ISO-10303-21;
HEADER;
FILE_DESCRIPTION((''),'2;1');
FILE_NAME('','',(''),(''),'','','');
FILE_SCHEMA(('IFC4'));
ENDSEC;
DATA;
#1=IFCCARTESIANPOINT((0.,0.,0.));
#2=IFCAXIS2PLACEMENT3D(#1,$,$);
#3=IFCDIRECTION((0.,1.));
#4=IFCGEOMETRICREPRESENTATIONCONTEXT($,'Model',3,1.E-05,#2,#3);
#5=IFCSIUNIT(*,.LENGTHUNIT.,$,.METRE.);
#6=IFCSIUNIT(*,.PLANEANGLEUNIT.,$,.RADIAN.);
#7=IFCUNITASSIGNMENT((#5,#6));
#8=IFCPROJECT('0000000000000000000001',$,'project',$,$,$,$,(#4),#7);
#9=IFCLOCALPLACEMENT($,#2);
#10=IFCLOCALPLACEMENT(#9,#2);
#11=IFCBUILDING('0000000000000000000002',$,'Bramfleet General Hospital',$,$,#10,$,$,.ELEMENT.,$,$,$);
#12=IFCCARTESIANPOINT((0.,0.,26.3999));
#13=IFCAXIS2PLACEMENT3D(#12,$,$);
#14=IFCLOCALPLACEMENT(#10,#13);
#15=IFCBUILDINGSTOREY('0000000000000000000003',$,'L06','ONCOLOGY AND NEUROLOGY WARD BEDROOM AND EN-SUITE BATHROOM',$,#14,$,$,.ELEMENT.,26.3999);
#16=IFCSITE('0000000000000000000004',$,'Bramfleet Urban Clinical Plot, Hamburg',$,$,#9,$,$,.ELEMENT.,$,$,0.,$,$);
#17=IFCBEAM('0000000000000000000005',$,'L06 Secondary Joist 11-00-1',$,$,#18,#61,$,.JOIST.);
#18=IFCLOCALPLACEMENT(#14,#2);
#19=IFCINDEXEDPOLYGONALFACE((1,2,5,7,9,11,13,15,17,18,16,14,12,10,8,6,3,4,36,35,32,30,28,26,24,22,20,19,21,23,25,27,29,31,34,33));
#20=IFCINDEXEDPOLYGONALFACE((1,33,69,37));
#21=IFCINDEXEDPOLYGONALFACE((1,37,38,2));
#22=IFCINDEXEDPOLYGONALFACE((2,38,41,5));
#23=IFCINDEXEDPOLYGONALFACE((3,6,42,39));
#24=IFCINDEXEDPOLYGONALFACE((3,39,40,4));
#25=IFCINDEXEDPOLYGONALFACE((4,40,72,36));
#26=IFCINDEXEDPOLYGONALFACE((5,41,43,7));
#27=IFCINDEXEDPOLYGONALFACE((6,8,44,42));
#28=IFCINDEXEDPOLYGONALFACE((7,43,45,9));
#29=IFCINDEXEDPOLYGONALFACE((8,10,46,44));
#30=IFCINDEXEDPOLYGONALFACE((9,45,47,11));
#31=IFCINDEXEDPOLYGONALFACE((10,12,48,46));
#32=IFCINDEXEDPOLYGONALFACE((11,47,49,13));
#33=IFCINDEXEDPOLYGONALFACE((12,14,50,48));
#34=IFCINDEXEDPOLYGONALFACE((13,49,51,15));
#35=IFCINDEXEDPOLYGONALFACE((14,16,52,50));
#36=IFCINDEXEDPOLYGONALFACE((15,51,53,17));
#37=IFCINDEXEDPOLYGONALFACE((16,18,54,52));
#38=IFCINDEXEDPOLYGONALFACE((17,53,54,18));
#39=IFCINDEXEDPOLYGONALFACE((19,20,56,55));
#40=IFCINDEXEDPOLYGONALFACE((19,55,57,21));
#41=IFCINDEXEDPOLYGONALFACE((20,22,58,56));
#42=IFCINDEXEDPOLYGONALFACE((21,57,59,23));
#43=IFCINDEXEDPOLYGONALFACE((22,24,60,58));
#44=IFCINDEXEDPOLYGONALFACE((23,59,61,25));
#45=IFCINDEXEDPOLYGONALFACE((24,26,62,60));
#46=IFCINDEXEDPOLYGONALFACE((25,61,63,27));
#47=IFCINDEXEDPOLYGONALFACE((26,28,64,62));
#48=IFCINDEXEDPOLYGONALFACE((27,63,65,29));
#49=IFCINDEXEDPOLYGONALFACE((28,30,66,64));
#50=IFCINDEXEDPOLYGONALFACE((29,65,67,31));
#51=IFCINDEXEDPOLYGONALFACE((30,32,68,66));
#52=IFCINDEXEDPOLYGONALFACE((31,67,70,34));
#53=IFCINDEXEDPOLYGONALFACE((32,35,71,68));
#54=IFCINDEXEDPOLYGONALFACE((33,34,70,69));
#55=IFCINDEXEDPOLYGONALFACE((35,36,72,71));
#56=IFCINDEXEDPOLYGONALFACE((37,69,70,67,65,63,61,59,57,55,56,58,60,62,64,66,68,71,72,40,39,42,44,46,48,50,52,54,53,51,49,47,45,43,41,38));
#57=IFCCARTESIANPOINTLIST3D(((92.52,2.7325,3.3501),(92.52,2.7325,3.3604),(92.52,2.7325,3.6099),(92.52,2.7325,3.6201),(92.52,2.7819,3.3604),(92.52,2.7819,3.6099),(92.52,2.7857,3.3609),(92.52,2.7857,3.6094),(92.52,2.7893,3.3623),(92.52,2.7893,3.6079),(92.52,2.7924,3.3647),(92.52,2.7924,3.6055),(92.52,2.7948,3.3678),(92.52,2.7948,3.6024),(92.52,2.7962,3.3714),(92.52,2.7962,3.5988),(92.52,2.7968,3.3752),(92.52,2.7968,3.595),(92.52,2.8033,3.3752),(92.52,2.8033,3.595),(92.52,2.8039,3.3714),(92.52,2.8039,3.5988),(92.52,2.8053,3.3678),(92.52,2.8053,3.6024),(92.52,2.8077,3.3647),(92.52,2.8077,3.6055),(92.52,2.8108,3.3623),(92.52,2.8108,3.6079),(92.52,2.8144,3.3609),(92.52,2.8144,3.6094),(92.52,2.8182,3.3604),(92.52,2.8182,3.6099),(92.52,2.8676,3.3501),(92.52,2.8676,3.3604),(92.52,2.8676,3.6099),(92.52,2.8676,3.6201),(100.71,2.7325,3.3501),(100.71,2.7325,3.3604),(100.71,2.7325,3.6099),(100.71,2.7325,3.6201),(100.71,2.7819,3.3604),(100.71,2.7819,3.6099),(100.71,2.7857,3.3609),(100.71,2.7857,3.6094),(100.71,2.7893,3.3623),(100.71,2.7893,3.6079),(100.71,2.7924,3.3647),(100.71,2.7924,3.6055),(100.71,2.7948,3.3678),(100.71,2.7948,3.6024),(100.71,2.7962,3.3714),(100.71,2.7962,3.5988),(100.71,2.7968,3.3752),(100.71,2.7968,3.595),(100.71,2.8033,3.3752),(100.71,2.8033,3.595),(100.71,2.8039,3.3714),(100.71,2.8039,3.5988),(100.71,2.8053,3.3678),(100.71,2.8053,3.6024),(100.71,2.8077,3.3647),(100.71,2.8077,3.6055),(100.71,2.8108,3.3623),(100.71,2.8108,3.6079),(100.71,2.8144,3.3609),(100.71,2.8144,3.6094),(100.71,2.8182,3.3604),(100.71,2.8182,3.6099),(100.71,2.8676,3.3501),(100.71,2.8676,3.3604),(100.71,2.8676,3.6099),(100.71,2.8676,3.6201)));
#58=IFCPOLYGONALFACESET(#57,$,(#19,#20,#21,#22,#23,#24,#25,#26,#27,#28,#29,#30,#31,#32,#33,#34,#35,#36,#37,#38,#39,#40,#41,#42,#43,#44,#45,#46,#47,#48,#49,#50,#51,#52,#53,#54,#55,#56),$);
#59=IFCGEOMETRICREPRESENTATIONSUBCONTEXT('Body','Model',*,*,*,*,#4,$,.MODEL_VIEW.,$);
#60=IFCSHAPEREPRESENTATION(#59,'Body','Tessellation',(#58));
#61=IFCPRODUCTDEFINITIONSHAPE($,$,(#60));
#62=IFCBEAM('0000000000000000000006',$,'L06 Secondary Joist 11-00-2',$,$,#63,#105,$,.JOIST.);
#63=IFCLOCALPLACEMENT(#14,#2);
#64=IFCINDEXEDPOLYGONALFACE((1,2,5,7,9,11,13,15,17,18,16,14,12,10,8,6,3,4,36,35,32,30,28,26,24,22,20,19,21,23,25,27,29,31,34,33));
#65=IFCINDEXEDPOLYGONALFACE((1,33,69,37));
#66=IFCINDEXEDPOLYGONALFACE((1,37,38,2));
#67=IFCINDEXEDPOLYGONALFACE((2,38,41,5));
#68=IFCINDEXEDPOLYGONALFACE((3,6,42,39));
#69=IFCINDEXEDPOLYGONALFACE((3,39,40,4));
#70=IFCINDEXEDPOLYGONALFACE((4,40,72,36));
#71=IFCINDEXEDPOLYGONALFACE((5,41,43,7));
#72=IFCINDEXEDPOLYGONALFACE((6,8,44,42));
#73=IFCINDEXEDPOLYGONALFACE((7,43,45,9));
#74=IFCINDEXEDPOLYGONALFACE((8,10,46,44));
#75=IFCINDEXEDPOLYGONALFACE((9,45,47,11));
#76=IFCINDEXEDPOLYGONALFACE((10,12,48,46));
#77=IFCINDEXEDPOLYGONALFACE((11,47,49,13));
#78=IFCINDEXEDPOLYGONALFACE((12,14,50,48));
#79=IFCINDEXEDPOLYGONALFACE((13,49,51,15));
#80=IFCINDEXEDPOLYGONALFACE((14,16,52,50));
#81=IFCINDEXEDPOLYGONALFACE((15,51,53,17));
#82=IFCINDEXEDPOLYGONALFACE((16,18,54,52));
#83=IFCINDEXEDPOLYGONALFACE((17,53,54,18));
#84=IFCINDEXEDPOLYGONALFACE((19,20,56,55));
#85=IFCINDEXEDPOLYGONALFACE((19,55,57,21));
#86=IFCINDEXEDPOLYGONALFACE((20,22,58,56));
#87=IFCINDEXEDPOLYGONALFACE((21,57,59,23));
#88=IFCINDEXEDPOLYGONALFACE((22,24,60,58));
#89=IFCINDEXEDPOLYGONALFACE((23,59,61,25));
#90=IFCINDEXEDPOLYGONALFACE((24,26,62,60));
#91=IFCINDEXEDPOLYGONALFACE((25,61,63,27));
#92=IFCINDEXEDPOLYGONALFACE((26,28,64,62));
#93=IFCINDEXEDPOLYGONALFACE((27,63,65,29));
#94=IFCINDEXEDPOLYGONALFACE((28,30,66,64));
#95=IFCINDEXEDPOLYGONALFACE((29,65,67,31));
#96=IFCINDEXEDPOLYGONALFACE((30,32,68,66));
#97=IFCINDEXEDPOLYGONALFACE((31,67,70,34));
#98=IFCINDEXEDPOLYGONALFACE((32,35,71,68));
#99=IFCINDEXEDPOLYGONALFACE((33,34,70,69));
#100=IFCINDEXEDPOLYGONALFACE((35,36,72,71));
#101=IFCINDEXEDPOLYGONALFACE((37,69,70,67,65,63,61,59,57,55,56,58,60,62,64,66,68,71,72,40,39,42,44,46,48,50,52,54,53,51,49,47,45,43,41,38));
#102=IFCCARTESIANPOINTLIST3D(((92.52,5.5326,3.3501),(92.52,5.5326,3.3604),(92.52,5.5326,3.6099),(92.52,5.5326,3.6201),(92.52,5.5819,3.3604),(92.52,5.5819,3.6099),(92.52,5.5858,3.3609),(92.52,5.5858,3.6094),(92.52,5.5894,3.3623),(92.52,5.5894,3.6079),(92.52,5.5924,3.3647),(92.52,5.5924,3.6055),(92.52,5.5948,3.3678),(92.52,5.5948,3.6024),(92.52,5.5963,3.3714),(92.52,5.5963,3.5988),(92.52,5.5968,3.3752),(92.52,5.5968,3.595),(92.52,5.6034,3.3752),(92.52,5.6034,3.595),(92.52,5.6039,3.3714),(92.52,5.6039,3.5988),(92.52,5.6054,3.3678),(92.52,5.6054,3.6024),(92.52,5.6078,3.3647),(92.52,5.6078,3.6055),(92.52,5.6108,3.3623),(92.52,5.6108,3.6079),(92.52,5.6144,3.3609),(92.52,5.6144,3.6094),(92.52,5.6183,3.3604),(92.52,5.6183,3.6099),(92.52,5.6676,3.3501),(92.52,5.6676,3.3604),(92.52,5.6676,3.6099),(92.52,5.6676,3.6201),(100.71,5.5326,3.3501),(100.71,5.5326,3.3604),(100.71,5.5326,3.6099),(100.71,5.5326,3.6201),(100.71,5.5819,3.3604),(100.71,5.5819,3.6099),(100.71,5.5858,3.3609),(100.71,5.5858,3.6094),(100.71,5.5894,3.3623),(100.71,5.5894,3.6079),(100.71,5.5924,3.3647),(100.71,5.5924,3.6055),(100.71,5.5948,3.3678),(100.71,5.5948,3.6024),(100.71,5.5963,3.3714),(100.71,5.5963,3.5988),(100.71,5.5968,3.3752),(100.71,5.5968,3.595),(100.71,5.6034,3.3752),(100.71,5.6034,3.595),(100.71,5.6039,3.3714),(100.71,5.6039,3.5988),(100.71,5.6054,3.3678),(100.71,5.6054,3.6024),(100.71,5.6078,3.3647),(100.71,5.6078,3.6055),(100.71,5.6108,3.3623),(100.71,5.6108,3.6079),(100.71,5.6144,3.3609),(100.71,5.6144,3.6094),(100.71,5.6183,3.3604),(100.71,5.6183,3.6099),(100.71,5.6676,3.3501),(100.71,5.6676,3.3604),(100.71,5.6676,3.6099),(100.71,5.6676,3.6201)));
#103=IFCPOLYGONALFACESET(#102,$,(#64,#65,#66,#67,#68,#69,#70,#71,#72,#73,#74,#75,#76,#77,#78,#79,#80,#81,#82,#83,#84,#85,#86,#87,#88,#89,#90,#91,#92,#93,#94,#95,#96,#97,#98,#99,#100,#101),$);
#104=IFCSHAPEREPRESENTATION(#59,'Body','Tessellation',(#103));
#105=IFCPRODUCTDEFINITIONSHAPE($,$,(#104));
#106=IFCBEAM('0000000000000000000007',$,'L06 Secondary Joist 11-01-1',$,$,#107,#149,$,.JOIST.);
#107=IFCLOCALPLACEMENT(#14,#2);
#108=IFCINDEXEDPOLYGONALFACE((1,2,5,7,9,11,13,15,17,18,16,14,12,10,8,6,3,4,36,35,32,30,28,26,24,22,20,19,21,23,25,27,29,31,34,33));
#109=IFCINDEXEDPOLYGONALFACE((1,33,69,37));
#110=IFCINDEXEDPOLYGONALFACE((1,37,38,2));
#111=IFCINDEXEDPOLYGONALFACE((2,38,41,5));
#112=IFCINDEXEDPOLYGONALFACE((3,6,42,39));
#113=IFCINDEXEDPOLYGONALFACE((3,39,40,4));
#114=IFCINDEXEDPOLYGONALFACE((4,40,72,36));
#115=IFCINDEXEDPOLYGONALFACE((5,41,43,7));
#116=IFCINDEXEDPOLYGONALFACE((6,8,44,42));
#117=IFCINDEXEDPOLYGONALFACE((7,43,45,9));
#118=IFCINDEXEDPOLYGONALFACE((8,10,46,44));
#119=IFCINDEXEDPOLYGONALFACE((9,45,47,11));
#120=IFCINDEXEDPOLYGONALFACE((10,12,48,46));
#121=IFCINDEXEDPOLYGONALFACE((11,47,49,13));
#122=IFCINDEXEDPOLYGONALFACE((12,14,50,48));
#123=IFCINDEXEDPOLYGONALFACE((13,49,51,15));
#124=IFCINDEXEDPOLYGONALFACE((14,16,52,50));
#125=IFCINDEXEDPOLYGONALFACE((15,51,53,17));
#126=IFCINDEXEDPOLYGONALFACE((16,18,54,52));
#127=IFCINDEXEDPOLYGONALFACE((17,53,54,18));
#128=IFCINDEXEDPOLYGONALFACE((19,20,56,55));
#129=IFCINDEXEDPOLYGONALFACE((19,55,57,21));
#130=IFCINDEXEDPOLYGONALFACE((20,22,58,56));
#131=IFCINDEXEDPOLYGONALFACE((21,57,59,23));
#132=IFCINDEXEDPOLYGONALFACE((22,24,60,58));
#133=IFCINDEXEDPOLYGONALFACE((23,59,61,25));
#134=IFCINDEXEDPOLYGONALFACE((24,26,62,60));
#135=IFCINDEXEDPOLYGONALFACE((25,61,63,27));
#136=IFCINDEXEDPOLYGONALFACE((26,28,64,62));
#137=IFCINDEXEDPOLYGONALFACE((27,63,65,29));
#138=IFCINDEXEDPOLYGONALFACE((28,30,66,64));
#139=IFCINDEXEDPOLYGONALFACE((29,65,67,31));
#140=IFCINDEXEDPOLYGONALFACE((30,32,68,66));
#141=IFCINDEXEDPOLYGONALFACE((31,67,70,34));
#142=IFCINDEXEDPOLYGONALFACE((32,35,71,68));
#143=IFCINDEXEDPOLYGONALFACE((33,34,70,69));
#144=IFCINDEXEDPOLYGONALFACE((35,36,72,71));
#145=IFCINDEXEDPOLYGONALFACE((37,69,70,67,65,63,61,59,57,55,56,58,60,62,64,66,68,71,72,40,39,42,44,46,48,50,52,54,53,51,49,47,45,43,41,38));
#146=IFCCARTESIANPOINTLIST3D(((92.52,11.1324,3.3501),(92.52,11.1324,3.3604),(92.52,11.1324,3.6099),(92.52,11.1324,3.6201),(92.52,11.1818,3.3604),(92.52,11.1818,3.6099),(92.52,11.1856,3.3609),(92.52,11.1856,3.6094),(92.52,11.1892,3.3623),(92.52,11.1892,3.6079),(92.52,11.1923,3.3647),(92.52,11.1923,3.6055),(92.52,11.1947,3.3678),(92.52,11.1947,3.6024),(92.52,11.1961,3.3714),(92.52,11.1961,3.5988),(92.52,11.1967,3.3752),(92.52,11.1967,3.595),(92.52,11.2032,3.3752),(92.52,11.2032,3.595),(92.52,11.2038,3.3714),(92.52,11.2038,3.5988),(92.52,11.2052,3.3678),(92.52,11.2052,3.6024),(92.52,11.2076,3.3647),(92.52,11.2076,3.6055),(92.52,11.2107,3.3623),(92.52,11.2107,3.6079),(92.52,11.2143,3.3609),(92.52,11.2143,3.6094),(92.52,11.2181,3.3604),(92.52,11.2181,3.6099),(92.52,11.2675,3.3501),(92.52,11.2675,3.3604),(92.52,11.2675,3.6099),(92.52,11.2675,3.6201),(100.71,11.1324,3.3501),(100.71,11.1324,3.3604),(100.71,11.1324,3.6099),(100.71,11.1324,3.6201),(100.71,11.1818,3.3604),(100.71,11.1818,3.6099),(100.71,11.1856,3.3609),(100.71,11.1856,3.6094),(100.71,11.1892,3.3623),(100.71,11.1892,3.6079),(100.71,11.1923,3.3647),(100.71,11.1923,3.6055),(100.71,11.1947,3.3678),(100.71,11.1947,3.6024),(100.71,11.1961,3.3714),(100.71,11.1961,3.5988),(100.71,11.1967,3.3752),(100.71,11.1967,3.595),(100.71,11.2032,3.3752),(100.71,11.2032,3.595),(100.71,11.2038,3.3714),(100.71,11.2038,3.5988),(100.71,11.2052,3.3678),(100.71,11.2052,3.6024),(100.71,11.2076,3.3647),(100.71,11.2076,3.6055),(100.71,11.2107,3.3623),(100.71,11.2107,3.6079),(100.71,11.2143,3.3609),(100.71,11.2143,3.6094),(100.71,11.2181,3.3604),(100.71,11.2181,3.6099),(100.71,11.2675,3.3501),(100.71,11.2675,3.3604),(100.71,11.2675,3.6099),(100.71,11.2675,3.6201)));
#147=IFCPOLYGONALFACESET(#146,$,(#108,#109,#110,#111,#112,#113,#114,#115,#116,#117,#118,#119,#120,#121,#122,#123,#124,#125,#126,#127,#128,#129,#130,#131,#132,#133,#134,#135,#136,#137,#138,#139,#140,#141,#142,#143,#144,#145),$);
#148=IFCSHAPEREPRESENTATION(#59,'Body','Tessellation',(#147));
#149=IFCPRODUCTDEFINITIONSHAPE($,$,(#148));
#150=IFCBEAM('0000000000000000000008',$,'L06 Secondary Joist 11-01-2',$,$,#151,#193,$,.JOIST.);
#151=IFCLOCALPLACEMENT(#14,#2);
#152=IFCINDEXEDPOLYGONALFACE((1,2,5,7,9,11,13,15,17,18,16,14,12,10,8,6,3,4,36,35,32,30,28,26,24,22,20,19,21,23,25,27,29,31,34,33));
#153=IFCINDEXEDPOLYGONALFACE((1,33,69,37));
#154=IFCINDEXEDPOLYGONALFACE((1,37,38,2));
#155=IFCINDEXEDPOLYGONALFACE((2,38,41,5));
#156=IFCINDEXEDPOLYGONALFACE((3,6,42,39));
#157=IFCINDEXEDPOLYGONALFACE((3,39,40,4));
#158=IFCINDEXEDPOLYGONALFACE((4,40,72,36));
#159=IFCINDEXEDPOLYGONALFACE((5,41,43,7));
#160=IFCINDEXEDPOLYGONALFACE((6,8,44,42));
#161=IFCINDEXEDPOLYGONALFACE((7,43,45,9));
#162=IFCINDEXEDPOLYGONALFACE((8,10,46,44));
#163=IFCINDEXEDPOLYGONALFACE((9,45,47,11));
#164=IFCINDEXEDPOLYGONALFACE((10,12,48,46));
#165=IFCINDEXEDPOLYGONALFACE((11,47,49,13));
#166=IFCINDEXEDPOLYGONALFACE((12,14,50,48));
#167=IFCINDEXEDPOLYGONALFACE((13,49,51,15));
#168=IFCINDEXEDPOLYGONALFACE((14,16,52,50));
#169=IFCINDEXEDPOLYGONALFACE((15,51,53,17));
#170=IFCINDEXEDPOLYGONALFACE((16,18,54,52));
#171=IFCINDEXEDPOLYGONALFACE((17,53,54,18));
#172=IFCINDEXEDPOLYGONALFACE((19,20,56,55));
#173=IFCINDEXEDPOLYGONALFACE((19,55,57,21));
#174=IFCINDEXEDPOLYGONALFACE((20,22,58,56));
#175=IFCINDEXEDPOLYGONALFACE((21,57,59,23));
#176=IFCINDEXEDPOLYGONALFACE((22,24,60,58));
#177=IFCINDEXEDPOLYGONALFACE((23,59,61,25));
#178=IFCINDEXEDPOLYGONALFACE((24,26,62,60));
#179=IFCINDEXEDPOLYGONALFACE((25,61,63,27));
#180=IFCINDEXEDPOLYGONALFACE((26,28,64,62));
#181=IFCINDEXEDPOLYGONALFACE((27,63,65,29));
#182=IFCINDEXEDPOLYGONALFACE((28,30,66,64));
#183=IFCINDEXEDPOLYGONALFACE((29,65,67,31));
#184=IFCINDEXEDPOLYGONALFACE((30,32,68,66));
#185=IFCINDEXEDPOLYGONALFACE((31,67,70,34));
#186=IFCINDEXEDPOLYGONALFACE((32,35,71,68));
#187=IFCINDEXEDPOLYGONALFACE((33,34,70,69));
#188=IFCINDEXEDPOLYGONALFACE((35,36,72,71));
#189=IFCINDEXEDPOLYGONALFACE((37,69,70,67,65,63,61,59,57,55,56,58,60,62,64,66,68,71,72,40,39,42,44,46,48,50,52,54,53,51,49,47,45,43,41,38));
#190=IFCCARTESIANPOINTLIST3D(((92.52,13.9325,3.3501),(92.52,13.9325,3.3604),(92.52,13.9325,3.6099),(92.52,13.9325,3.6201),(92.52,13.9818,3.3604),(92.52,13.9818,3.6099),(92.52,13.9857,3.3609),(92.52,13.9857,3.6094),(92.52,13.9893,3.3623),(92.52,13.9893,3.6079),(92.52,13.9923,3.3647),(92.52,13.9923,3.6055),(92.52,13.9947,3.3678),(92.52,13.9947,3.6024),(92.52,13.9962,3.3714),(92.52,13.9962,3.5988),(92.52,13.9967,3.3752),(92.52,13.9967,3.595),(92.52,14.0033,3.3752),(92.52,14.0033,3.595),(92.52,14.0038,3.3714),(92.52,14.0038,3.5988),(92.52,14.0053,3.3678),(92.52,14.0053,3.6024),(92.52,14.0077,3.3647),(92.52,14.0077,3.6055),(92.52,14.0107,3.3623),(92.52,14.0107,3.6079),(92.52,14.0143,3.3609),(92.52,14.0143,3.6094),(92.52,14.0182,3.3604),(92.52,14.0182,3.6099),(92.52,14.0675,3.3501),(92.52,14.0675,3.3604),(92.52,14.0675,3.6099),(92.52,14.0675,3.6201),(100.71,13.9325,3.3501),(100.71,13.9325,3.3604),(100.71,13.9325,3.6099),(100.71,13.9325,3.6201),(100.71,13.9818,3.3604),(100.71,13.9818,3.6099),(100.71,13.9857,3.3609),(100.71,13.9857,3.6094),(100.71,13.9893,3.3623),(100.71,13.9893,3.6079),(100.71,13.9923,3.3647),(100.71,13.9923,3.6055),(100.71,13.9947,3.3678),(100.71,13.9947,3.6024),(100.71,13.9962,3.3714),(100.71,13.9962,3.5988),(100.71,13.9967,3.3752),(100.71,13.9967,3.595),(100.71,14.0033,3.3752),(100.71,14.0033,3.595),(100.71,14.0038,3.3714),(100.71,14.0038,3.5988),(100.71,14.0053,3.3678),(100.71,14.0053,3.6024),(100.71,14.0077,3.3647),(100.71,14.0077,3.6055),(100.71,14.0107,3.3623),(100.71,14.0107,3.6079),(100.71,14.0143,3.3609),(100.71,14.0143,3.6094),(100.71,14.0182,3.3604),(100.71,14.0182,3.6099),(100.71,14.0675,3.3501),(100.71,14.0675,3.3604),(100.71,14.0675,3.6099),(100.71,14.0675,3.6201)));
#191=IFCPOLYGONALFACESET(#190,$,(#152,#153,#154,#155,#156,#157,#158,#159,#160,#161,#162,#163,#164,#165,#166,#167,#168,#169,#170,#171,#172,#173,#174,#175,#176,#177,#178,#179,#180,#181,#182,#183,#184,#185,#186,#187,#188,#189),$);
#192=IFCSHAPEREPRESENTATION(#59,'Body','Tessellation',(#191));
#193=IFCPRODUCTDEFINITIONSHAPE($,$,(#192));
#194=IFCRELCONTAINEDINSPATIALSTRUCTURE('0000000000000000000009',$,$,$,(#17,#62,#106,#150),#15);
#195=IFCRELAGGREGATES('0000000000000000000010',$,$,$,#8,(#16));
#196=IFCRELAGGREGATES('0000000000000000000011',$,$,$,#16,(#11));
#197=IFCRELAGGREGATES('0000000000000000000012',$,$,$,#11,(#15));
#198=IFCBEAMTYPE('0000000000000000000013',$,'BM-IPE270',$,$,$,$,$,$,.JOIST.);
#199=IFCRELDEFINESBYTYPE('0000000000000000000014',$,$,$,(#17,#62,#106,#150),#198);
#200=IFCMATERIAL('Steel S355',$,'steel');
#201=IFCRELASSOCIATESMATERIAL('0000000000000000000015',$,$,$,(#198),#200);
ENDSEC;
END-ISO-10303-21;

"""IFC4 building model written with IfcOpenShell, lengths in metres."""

from ifc_helpers import new_model, si_unit, direction, frame, origin, origin_2d, place, context, subcontext, project, spatial, i_section, extrude, material, material_profile, profile_set, type_object, element, save


model = new_model("IFC4")

# Units and contexts
model_context = context("Model", 3, precision=1e-05, world=origin(), true_north=direction((0.0, 1.0)))
body_context = subcontext(model_context, "Body", "Model", "MODEL_VIEW")
ifc_project = project(units=[si_unit("LENGTHUNIT", "METRE"), si_unit("PLANEANGLEUNIT", "RADIAN")], contexts=[model_context])

# Site, building, storey
site_placement = place(None, origin())
site = spatial("IfcSite", under=ifc_project, at=site_placement, Name="Bramfleet Urban Clinical Plot, Hamburg", CompositionType="ELEMENT", RefElevation=0.0)
building_placement = place(site_placement, origin())
building = spatial("IfcBuilding", under=site, at=building_placement, Name="Bramfleet General Hospital", CompositionType="ELEMENT")
storey_placement = place(building_placement, frame((0.0, 0.0, 26.3999)))
storey = spatial("IfcBuildingStorey", under=building, at=storey_placement, Name="L06", Description="ONCOLOGY AND NEUROLOGY WARD BEDROOM AND EN-SUITE BATHROOM", CompositionType="ELEMENT", Elevation=26.3999)

# Beams
ifc_material_1 = material(Name="Steel S355", Category="steel")
ifc_material_profile_1 = material_profile(ifc_material_1, i_section(OverallWidth=0.135, OverallDepth=0.27, WebThickness=0.0066, FlangeThickness=0.0103, FilletRadius=0.0149, at=origin_2d()), Name="IPE 270")
ifc_profile_set_1 = profile_set([ifc_material_profile_1], Name="Steel S355")
beam_type_1 = type_object("IfcBeamType", Name="BM-IPE270", PredefinedType="JOIST", material=ifc_profile_set_1)
for number, where, z_axis, x_axis, name in (
    (1, (92.52, 2.8, 3.4851), (1.0, 0.0, 0.0), (0.0, 1.0, 0.0), "L06 Secondary Joist 11-00-1"),
    (2, (92.52, 5.6001, 3.4851), (1.0, 0.0, 0.0), (0.0, 1.0, 0.0), "L06 Secondary Joist 11-00-2"),
    (3, (92.52, 11.2, 3.4851), (1.0, 0.0, 0.0), (0.0, 1.0, 0.0), "L06 Secondary Joist 11-01-1"),
    (4, (92.52, 14.0, 3.4851), (1.0, 0.0, 0.0), (0.0, 1.0, 0.0), "L06 Secondary Joist 11-01-2"),
):
    element("IfcBeam", number, at=place(storey_placement, frame(where, z_axis=z_axis, x_axis=x_axis)), inside=storey, type_object=beam_type_1, Name=name, PredefinedType="JOIST", context=body_context, shape_type="SweptSolid", body=[
        extrude(i_section(OverallWidth=0.135, OverallDepth=0.27, WebThickness=0.0066, FlangeThickness=0.0103, FilletRadius=0.0149, at=origin_2d()), origin(), (0.0, 0.0, 1.0), 8.1899),
    ])

save(model, "model.ifc")
